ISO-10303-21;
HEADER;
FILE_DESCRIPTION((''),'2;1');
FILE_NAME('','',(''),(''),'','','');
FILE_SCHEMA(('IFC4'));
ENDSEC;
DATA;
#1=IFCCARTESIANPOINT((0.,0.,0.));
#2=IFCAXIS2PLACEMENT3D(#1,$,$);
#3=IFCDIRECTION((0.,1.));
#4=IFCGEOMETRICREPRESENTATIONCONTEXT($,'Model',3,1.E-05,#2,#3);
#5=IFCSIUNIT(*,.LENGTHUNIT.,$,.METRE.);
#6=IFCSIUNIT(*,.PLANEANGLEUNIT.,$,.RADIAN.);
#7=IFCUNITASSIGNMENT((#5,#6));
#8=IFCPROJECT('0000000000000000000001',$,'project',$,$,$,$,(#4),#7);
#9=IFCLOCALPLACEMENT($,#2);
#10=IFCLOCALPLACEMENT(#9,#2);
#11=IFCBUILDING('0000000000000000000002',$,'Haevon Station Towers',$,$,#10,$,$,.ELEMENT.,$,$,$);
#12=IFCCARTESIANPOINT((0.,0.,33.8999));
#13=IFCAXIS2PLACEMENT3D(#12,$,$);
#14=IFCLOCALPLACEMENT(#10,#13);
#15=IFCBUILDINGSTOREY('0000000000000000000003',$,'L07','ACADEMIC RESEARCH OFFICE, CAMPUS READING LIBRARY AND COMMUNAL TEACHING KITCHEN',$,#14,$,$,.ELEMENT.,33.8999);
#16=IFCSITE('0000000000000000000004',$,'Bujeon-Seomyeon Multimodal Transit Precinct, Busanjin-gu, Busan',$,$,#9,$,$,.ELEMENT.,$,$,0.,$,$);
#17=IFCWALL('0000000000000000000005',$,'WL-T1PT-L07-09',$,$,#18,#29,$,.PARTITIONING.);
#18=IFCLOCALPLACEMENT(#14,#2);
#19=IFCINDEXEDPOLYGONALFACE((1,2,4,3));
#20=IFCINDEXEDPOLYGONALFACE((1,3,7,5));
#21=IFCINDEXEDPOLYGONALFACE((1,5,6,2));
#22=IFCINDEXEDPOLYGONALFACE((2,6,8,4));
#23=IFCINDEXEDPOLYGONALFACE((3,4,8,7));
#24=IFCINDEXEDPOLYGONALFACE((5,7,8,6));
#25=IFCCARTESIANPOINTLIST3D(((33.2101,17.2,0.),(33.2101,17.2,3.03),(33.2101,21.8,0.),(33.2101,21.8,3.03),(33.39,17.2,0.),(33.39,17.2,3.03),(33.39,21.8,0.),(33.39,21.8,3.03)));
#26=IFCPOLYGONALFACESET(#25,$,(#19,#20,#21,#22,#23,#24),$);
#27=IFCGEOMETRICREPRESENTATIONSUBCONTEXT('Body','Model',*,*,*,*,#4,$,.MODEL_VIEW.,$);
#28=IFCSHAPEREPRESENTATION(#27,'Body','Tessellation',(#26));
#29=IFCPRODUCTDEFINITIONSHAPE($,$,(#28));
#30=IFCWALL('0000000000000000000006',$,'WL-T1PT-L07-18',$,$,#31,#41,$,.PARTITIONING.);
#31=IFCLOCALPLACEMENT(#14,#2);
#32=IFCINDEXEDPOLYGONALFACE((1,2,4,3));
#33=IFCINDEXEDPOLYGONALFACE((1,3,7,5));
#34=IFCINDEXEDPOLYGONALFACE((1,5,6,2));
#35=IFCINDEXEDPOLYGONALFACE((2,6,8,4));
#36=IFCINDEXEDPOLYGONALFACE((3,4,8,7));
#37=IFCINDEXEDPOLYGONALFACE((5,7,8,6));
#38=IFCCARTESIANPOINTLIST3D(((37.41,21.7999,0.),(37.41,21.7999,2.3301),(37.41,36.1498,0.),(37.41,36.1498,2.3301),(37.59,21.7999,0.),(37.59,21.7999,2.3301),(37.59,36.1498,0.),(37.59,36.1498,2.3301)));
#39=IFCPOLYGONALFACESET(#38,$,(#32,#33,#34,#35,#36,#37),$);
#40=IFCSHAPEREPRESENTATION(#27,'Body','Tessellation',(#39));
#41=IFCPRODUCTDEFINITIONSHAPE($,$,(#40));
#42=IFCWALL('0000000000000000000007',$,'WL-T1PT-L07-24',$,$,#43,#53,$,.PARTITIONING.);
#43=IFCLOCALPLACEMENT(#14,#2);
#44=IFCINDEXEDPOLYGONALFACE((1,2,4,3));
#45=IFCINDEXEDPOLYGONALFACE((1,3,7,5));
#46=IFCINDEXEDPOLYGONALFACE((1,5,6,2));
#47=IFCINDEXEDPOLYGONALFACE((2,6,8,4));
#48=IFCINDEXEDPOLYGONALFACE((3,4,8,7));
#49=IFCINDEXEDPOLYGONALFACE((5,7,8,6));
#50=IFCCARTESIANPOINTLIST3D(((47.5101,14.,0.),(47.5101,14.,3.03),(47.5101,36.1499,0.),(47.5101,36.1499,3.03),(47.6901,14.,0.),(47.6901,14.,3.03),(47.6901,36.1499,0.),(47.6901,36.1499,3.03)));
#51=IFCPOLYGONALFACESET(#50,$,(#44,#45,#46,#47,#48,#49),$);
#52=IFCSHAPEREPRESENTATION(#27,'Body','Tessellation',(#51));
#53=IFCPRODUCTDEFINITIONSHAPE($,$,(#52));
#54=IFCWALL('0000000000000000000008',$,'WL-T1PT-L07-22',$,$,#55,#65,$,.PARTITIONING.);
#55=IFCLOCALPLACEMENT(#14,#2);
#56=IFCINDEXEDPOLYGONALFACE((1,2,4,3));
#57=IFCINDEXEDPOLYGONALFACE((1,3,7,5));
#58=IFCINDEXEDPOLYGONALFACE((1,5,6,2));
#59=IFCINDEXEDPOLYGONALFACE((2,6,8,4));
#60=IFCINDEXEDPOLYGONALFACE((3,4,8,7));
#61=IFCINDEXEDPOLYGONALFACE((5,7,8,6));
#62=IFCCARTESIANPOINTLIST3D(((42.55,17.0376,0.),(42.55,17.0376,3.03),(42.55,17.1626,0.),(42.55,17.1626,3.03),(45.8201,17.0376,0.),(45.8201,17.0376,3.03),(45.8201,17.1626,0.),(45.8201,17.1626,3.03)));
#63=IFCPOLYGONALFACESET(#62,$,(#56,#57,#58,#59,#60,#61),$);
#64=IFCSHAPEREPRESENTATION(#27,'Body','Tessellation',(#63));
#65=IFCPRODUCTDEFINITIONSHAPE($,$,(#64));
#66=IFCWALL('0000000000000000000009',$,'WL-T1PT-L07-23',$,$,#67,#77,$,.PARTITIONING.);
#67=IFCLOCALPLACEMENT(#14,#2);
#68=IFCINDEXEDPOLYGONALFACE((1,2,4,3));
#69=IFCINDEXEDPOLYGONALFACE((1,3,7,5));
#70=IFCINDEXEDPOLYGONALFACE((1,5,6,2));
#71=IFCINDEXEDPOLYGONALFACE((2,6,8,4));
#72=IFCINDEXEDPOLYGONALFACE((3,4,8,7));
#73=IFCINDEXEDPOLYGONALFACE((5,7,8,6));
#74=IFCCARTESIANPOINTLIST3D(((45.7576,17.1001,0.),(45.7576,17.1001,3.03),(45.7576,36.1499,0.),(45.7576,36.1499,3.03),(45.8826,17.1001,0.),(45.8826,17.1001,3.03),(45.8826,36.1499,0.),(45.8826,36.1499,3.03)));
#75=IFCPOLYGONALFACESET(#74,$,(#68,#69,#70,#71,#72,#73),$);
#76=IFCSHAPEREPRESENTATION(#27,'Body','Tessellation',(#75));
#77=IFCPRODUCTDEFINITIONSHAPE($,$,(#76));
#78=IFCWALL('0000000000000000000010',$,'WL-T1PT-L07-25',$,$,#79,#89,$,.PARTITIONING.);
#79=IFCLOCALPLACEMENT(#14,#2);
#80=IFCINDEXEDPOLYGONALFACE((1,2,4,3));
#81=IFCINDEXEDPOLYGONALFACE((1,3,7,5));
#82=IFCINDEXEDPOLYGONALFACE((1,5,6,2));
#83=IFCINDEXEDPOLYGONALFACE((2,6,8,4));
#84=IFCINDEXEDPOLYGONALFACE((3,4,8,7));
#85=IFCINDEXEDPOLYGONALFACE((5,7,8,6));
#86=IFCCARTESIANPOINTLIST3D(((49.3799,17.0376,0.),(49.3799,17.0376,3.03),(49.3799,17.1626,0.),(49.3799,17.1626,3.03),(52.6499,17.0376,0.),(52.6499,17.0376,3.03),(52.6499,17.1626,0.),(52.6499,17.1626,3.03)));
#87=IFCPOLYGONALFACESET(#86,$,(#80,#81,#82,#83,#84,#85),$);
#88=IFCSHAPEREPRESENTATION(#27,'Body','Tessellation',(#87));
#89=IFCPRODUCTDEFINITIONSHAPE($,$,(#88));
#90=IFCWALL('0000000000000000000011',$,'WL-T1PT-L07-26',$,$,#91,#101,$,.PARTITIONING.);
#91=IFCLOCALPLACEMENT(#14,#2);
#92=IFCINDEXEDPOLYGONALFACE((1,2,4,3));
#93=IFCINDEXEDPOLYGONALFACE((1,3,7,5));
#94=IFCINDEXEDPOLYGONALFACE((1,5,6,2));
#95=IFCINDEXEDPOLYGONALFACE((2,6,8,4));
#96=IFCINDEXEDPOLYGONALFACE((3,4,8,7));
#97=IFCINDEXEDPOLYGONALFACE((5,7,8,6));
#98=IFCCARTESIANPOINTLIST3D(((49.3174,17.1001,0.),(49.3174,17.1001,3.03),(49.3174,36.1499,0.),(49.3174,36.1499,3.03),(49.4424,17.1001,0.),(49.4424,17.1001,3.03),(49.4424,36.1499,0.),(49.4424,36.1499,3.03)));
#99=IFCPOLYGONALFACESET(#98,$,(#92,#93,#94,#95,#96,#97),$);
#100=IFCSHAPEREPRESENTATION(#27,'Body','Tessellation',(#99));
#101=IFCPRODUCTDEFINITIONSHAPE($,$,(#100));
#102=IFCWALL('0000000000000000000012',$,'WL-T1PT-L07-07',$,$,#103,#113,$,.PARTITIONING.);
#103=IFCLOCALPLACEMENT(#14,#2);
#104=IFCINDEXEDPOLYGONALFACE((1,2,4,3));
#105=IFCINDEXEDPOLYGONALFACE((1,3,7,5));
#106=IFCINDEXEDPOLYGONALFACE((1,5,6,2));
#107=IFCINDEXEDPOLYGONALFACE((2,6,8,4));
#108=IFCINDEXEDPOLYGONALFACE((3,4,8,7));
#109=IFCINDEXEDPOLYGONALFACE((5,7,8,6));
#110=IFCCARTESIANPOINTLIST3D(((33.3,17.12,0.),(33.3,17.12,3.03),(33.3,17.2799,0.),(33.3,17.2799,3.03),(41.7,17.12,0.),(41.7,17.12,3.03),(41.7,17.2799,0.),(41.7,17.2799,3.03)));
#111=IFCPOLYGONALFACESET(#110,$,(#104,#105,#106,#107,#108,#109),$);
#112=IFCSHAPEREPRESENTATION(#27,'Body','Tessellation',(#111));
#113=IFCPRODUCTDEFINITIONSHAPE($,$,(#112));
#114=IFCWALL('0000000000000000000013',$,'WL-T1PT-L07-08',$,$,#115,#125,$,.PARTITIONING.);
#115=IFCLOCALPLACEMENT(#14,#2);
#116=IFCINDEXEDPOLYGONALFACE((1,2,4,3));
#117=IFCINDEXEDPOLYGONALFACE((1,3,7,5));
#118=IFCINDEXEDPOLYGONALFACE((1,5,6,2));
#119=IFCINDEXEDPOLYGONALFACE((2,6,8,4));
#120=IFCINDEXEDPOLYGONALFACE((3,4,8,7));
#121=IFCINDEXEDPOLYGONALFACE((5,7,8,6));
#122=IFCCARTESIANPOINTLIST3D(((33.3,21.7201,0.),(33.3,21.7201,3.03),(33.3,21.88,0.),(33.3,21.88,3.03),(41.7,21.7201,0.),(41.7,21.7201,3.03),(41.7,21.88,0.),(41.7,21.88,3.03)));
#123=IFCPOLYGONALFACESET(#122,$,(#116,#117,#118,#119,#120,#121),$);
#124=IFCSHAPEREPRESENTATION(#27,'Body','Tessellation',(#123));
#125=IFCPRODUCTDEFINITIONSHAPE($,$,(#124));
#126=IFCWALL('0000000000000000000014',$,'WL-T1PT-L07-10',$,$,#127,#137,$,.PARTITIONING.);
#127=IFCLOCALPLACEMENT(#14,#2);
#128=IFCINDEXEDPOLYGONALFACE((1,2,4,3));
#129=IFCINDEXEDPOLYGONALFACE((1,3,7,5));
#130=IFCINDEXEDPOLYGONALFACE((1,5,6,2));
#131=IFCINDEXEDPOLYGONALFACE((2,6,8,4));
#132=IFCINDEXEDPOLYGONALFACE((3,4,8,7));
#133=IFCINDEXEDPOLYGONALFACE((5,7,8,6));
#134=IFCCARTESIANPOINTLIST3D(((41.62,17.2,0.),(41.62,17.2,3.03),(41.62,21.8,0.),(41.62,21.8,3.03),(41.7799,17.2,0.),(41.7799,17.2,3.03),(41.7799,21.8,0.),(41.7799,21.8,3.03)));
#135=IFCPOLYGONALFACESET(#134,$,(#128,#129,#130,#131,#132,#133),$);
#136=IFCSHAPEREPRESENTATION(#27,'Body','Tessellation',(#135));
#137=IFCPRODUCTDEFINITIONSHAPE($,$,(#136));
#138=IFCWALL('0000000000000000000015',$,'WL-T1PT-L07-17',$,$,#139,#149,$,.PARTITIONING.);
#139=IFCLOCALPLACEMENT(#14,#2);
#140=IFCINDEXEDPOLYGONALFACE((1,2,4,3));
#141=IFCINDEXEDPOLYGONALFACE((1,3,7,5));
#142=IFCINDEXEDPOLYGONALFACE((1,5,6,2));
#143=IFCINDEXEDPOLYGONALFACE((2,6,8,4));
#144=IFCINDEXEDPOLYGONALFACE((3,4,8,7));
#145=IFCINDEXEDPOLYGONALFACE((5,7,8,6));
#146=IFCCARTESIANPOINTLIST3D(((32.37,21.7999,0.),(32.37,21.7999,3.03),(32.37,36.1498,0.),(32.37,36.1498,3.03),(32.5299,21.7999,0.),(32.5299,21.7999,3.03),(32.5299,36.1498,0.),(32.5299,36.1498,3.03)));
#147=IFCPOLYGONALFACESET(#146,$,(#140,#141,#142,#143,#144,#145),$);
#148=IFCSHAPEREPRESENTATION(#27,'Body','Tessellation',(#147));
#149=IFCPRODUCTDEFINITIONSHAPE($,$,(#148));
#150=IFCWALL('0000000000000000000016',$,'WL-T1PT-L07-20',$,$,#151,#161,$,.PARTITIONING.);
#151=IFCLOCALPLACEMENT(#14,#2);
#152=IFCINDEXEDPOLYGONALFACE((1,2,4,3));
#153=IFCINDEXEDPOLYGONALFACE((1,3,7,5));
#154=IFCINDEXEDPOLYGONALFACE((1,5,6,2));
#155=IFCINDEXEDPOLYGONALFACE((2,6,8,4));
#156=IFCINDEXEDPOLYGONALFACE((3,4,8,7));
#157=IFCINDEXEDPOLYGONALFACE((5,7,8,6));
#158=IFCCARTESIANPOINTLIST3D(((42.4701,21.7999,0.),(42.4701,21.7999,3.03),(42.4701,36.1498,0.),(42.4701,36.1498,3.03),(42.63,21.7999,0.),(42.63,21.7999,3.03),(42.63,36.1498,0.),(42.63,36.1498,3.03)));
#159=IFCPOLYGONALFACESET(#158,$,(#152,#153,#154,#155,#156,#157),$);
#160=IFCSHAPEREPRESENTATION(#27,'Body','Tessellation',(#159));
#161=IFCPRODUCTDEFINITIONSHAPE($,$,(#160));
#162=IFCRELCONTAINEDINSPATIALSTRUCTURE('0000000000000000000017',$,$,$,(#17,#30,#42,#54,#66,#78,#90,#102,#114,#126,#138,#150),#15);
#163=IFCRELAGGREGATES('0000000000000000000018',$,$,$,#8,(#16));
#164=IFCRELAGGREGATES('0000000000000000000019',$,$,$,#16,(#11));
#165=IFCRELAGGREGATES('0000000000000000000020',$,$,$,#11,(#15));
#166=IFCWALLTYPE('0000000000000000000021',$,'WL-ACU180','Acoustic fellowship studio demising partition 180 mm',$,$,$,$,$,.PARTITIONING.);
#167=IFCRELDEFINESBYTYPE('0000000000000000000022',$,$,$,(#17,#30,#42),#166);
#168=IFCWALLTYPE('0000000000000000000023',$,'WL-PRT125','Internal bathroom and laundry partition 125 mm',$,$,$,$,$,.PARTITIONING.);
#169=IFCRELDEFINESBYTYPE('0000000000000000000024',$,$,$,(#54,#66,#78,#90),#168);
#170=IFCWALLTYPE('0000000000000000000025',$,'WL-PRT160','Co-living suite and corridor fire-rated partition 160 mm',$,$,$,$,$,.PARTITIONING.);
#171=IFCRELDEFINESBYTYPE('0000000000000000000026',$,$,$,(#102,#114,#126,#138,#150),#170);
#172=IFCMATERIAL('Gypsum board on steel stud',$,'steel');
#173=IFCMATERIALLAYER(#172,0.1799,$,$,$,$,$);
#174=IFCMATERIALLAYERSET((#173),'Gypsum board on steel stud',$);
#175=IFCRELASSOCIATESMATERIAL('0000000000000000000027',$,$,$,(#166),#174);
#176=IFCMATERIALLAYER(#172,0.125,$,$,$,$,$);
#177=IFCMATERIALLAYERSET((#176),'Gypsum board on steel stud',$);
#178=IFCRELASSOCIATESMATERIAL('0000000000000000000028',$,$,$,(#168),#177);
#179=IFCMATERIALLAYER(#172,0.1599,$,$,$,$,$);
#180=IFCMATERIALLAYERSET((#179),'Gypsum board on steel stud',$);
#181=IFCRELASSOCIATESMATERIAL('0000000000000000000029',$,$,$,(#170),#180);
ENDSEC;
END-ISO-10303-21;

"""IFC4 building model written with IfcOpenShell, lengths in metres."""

from ifc_helpers import new_model, si_unit, direction, frame, frame_2d, origin, place, context, subcontext, project, spatial, rectangle, extrude, material, layer, layer_set, type_object, element, save


model = new_model("IFC4")

# Units and contexts
model_context = context("Model", 3, precision=1e-05, world=origin(), true_north=direction((0.0, 1.0)))
body_context = subcontext(model_context, "Body", "Model", "MODEL_VIEW")
ifc_project = project(units=[si_unit("LENGTHUNIT", "METRE"), si_unit("PLANEANGLEUNIT", "RADIAN")], contexts=[model_context])

# Site, building, storey
site_placement = place(None, origin())
site = spatial("IfcSite", under=ifc_project, at=site_placement, Name="Bujeon-Seomyeon Multimodal Transit Precinct, Busanjin-gu, Busan", CompositionType="ELEMENT", RefElevation=0.0)
building_placement = place(site_placement, origin())
building = spatial("IfcBuilding", under=site, at=building_placement, Name="Haevon Station Towers", CompositionType="ELEMENT")
storey_placement = place(building_placement, frame((0.0, 0.0, 33.8999)))
storey = spatial("IfcBuildingStorey", under=building, at=storey_placement, Name="L07", Description="ACADEMIC RESEARCH OFFICE, CAMPUS READING LIBRARY AND COMMUNAL TEACHING KITCHEN", CompositionType="ELEMENT", Elevation=33.8999)

# Walls
ifc_material_1 = material(Name="Gypsum board on steel stud", Category="steel")
ifc_layer_1 = layer(ifc_material_1, 0.1799)
ifc_layer_set_1 = layer_set([ifc_layer_1], Name="Gypsum board on steel stud")
wall_type_1 = type_object("IfcWallType", Name="WL-ACU180", Description="Acoustic fellowship studio demising partition 180 mm", PredefinedType="PARTITIONING", material=ifc_layer_set_1)
wall_1_placement = place(storey_placement, frame((33.3, 17.2, 0.0), z_axis=(0.0, 0.0, 1.0), x_axis=(0.0, 1.0, 0.0)))
element("IfcWall", 1, at=wall_1_placement, inside=storey, type_object=wall_type_1, Name="WL-T1PT-L07-09", PredefinedType="PARTITIONING", context=body_context, shape_type="SweptSolid", body=[
    extrude(rectangle(XDim=4.6001, YDim=0.1799, at=frame_2d((2.3, 0.0))), origin(), (0.0, 0.0, 1.0), 3.03),
])
wall_2_placement = place(storey_placement, frame((37.5, 21.8, 0.0), z_axis=(0.0, 0.0, 1.0), x_axis=(0.0, 1.0, 0.0)))
element("IfcWall", 2, at=wall_2_placement, inside=storey, type_object=wall_type_1, Name="WL-T1PT-L07-18", PredefinedType="PARTITIONING", context=body_context, shape_type="SweptSolid", body=[
    extrude(rectangle(XDim=14.3499, YDim=0.1799, at=frame_2d((7.1748, 0.0))), origin(), (0.0, 0.0, 1.0), 2.3301),
])
wall_3_placement = place(storey_placement, frame((47.6001, 14.0, 0.0), z_axis=(0.0, 0.0, 1.0), x_axis=(0.0, 1.0, 0.0)))
element("IfcWall", 3, at=wall_3_placement, inside=storey, type_object=wall_type_1, Name="WL-T1PT-L07-24", PredefinedType="PARTITIONING", context=body_context, shape_type="SweptSolid", body=[
    extrude(rectangle(XDim=22.1499, YDim=0.1799, at=frame_2d((11.075, 0.0))), origin(), (0.0, 0.0, 1.0), 3.03),
])
ifc_layer_2 = layer(ifc_material_1, 0.125)
ifc_layer_set_2 = layer_set([ifc_layer_2], Name="Gypsum board on steel stud")
wall_type_2 = type_object("IfcWallType", Name="WL-PRT125", Description="Internal bathroom and laundry partition 125 mm", PredefinedType="PARTITIONING", material=ifc_layer_set_2)
wall_4_placement = place(storey_placement, frame((42.55, 17.1001, 0.0), z_axis=(0.0, 0.0, 1.0), x_axis=(1.0, 0.0, 0.0)))
element("IfcWall", 4, at=wall_4_placement, inside=storey, type_object=wall_type_2, Name="WL-T1PT-L07-22", PredefinedType="PARTITIONING", context=body_context, shape_type="SweptSolid", body=[
    extrude(rectangle(XDim=3.27, YDim=0.125, at=frame_2d((1.635, 0.0))), origin(), (0.0, 0.0, 1.0), 3.03),
])
wall_5_placement = place(storey_placement, frame((45.8201, 17.1001, 0.0), z_axis=(0.0, 0.0, 1.0), x_axis=(0.0, 1.0, 0.0)))
element("IfcWall", 5, at=wall_5_placement, inside=storey, type_object=wall_type_2, Name="WL-T1PT-L07-23", PredefinedType="PARTITIONING", context=body_context, shape_type="SweptSolid", body=[
    extrude(rectangle(XDim=19.0498, YDim=0.125, at=frame_2d((9.5249, 0.0))), origin(), (0.0, 0.0, 1.0), 3.03),
])
wall_6_placement = place(storey_placement, frame((49.3799, 17.1001, 0.0), z_axis=(0.0, 0.0, 1.0), x_axis=(1.0, 0.0, 0.0)))
element("IfcWall", 6, at=wall_6_placement, inside=storey, type_object=wall_type_2, Name="WL-T1PT-L07-25", PredefinedType="PARTITIONING", context=body_context, shape_type="SweptSolid", body=[
    extrude(rectangle(XDim=3.27, YDim=0.125, at=frame_2d((1.635, 0.0))), origin(), (0.0, 0.0, 1.0), 3.03),
])
wall_7_placement = place(storey_placement, frame((49.3799, 17.1001, 0.0), z_axis=(0.0, 0.0, 1.0), x_axis=(0.0, 1.0, 0.0)))
element("IfcWall", 7, at=wall_7_placement, inside=storey, type_object=wall_type_2, Name="WL-T1PT-L07-26", PredefinedType="PARTITIONING", context=body_context, shape_type="SweptSolid", body=[
    extrude(rectangle(XDim=19.0498, YDim=0.125, at=frame_2d((9.5249, 0.0))), origin(), (0.0, 0.0, 1.0), 3.03),
])
ifc_layer_3 = layer(ifc_material_1, 0.1599)
ifc_layer_set_3 = layer_set([ifc_layer_3], Name="Gypsum board on steel stud")
wall_type_3 = type_object("IfcWallType", Name="WL-PRT160", Description="Co-living suite and corridor fire-rated partition 160 mm", PredefinedType="PARTITIONING", material=ifc_layer_set_3)
for number, where, z_axis, x_axis, name in (
    (8, (33.3, 17.2, 0.0), (0.0, 0.0, 1.0), (1.0, 0.0, 0.0), "WL-T1PT-L07-07"),
    (9, (33.3, 21.8, 0.0), (0.0, 0.0, 1.0), (1.0, 0.0, 0.0), "WL-T1PT-L07-08"),
):
    element("IfcWall", number, at=place(storey_placement, frame(where, z_axis=z_axis, x_axis=x_axis)), inside=storey, type_object=wall_type_3, Name=name, PredefinedType="PARTITIONING", context=body_context, shape_type="SweptSolid", body=[
        extrude(rectangle(XDim=8.3999, YDim=0.1599, at=frame_2d((4.2, 0.0))), origin(), (0.0, 0.0, 1.0), 3.03),
    ])
wall_8_placement = place(storey_placement, frame((41.7, 17.2, 0.0), z_axis=(0.0, 0.0, 1.0), x_axis=(0.0, 1.0, 0.0)))
element("IfcWall", 10, at=wall_8_placement, inside=storey, type_object=wall_type_3, Name="WL-T1PT-L07-10", PredefinedType="PARTITIONING", context=body_context, shape_type="SweptSolid", body=[
    extrude(rectangle(XDim=4.6001, YDim=0.1599, at=frame_2d((2.3, 0.0))), origin(), (0.0, 0.0, 1.0), 3.03),
])
for number, where, z_axis, x_axis, name in (
    (11, (32.45, 21.8, 0.0), (0.0, 0.0, 1.0), (0.0, 1.0, 0.0), "WL-T1PT-L07-17"),
    (12, (42.55, 21.8, 0.0), (0.0, 0.0, 1.0), (0.0, 1.0, 0.0), "WL-T1PT-L07-20"),
):
    element("IfcWall", number, at=place(storey_placement, frame(where, z_axis=z_axis, x_axis=x_axis)), inside=storey, type_object=wall_type_3, Name=name, PredefinedType="PARTITIONING", context=body_context, shape_type="SweptSolid", body=[
        extrude(rectangle(XDim=14.3499, YDim=0.1599, at=frame_2d((7.1748, 0.0))), origin(), (0.0, 0.0, 1.0), 3.03),
    ])

save(model, "model.ifc")
